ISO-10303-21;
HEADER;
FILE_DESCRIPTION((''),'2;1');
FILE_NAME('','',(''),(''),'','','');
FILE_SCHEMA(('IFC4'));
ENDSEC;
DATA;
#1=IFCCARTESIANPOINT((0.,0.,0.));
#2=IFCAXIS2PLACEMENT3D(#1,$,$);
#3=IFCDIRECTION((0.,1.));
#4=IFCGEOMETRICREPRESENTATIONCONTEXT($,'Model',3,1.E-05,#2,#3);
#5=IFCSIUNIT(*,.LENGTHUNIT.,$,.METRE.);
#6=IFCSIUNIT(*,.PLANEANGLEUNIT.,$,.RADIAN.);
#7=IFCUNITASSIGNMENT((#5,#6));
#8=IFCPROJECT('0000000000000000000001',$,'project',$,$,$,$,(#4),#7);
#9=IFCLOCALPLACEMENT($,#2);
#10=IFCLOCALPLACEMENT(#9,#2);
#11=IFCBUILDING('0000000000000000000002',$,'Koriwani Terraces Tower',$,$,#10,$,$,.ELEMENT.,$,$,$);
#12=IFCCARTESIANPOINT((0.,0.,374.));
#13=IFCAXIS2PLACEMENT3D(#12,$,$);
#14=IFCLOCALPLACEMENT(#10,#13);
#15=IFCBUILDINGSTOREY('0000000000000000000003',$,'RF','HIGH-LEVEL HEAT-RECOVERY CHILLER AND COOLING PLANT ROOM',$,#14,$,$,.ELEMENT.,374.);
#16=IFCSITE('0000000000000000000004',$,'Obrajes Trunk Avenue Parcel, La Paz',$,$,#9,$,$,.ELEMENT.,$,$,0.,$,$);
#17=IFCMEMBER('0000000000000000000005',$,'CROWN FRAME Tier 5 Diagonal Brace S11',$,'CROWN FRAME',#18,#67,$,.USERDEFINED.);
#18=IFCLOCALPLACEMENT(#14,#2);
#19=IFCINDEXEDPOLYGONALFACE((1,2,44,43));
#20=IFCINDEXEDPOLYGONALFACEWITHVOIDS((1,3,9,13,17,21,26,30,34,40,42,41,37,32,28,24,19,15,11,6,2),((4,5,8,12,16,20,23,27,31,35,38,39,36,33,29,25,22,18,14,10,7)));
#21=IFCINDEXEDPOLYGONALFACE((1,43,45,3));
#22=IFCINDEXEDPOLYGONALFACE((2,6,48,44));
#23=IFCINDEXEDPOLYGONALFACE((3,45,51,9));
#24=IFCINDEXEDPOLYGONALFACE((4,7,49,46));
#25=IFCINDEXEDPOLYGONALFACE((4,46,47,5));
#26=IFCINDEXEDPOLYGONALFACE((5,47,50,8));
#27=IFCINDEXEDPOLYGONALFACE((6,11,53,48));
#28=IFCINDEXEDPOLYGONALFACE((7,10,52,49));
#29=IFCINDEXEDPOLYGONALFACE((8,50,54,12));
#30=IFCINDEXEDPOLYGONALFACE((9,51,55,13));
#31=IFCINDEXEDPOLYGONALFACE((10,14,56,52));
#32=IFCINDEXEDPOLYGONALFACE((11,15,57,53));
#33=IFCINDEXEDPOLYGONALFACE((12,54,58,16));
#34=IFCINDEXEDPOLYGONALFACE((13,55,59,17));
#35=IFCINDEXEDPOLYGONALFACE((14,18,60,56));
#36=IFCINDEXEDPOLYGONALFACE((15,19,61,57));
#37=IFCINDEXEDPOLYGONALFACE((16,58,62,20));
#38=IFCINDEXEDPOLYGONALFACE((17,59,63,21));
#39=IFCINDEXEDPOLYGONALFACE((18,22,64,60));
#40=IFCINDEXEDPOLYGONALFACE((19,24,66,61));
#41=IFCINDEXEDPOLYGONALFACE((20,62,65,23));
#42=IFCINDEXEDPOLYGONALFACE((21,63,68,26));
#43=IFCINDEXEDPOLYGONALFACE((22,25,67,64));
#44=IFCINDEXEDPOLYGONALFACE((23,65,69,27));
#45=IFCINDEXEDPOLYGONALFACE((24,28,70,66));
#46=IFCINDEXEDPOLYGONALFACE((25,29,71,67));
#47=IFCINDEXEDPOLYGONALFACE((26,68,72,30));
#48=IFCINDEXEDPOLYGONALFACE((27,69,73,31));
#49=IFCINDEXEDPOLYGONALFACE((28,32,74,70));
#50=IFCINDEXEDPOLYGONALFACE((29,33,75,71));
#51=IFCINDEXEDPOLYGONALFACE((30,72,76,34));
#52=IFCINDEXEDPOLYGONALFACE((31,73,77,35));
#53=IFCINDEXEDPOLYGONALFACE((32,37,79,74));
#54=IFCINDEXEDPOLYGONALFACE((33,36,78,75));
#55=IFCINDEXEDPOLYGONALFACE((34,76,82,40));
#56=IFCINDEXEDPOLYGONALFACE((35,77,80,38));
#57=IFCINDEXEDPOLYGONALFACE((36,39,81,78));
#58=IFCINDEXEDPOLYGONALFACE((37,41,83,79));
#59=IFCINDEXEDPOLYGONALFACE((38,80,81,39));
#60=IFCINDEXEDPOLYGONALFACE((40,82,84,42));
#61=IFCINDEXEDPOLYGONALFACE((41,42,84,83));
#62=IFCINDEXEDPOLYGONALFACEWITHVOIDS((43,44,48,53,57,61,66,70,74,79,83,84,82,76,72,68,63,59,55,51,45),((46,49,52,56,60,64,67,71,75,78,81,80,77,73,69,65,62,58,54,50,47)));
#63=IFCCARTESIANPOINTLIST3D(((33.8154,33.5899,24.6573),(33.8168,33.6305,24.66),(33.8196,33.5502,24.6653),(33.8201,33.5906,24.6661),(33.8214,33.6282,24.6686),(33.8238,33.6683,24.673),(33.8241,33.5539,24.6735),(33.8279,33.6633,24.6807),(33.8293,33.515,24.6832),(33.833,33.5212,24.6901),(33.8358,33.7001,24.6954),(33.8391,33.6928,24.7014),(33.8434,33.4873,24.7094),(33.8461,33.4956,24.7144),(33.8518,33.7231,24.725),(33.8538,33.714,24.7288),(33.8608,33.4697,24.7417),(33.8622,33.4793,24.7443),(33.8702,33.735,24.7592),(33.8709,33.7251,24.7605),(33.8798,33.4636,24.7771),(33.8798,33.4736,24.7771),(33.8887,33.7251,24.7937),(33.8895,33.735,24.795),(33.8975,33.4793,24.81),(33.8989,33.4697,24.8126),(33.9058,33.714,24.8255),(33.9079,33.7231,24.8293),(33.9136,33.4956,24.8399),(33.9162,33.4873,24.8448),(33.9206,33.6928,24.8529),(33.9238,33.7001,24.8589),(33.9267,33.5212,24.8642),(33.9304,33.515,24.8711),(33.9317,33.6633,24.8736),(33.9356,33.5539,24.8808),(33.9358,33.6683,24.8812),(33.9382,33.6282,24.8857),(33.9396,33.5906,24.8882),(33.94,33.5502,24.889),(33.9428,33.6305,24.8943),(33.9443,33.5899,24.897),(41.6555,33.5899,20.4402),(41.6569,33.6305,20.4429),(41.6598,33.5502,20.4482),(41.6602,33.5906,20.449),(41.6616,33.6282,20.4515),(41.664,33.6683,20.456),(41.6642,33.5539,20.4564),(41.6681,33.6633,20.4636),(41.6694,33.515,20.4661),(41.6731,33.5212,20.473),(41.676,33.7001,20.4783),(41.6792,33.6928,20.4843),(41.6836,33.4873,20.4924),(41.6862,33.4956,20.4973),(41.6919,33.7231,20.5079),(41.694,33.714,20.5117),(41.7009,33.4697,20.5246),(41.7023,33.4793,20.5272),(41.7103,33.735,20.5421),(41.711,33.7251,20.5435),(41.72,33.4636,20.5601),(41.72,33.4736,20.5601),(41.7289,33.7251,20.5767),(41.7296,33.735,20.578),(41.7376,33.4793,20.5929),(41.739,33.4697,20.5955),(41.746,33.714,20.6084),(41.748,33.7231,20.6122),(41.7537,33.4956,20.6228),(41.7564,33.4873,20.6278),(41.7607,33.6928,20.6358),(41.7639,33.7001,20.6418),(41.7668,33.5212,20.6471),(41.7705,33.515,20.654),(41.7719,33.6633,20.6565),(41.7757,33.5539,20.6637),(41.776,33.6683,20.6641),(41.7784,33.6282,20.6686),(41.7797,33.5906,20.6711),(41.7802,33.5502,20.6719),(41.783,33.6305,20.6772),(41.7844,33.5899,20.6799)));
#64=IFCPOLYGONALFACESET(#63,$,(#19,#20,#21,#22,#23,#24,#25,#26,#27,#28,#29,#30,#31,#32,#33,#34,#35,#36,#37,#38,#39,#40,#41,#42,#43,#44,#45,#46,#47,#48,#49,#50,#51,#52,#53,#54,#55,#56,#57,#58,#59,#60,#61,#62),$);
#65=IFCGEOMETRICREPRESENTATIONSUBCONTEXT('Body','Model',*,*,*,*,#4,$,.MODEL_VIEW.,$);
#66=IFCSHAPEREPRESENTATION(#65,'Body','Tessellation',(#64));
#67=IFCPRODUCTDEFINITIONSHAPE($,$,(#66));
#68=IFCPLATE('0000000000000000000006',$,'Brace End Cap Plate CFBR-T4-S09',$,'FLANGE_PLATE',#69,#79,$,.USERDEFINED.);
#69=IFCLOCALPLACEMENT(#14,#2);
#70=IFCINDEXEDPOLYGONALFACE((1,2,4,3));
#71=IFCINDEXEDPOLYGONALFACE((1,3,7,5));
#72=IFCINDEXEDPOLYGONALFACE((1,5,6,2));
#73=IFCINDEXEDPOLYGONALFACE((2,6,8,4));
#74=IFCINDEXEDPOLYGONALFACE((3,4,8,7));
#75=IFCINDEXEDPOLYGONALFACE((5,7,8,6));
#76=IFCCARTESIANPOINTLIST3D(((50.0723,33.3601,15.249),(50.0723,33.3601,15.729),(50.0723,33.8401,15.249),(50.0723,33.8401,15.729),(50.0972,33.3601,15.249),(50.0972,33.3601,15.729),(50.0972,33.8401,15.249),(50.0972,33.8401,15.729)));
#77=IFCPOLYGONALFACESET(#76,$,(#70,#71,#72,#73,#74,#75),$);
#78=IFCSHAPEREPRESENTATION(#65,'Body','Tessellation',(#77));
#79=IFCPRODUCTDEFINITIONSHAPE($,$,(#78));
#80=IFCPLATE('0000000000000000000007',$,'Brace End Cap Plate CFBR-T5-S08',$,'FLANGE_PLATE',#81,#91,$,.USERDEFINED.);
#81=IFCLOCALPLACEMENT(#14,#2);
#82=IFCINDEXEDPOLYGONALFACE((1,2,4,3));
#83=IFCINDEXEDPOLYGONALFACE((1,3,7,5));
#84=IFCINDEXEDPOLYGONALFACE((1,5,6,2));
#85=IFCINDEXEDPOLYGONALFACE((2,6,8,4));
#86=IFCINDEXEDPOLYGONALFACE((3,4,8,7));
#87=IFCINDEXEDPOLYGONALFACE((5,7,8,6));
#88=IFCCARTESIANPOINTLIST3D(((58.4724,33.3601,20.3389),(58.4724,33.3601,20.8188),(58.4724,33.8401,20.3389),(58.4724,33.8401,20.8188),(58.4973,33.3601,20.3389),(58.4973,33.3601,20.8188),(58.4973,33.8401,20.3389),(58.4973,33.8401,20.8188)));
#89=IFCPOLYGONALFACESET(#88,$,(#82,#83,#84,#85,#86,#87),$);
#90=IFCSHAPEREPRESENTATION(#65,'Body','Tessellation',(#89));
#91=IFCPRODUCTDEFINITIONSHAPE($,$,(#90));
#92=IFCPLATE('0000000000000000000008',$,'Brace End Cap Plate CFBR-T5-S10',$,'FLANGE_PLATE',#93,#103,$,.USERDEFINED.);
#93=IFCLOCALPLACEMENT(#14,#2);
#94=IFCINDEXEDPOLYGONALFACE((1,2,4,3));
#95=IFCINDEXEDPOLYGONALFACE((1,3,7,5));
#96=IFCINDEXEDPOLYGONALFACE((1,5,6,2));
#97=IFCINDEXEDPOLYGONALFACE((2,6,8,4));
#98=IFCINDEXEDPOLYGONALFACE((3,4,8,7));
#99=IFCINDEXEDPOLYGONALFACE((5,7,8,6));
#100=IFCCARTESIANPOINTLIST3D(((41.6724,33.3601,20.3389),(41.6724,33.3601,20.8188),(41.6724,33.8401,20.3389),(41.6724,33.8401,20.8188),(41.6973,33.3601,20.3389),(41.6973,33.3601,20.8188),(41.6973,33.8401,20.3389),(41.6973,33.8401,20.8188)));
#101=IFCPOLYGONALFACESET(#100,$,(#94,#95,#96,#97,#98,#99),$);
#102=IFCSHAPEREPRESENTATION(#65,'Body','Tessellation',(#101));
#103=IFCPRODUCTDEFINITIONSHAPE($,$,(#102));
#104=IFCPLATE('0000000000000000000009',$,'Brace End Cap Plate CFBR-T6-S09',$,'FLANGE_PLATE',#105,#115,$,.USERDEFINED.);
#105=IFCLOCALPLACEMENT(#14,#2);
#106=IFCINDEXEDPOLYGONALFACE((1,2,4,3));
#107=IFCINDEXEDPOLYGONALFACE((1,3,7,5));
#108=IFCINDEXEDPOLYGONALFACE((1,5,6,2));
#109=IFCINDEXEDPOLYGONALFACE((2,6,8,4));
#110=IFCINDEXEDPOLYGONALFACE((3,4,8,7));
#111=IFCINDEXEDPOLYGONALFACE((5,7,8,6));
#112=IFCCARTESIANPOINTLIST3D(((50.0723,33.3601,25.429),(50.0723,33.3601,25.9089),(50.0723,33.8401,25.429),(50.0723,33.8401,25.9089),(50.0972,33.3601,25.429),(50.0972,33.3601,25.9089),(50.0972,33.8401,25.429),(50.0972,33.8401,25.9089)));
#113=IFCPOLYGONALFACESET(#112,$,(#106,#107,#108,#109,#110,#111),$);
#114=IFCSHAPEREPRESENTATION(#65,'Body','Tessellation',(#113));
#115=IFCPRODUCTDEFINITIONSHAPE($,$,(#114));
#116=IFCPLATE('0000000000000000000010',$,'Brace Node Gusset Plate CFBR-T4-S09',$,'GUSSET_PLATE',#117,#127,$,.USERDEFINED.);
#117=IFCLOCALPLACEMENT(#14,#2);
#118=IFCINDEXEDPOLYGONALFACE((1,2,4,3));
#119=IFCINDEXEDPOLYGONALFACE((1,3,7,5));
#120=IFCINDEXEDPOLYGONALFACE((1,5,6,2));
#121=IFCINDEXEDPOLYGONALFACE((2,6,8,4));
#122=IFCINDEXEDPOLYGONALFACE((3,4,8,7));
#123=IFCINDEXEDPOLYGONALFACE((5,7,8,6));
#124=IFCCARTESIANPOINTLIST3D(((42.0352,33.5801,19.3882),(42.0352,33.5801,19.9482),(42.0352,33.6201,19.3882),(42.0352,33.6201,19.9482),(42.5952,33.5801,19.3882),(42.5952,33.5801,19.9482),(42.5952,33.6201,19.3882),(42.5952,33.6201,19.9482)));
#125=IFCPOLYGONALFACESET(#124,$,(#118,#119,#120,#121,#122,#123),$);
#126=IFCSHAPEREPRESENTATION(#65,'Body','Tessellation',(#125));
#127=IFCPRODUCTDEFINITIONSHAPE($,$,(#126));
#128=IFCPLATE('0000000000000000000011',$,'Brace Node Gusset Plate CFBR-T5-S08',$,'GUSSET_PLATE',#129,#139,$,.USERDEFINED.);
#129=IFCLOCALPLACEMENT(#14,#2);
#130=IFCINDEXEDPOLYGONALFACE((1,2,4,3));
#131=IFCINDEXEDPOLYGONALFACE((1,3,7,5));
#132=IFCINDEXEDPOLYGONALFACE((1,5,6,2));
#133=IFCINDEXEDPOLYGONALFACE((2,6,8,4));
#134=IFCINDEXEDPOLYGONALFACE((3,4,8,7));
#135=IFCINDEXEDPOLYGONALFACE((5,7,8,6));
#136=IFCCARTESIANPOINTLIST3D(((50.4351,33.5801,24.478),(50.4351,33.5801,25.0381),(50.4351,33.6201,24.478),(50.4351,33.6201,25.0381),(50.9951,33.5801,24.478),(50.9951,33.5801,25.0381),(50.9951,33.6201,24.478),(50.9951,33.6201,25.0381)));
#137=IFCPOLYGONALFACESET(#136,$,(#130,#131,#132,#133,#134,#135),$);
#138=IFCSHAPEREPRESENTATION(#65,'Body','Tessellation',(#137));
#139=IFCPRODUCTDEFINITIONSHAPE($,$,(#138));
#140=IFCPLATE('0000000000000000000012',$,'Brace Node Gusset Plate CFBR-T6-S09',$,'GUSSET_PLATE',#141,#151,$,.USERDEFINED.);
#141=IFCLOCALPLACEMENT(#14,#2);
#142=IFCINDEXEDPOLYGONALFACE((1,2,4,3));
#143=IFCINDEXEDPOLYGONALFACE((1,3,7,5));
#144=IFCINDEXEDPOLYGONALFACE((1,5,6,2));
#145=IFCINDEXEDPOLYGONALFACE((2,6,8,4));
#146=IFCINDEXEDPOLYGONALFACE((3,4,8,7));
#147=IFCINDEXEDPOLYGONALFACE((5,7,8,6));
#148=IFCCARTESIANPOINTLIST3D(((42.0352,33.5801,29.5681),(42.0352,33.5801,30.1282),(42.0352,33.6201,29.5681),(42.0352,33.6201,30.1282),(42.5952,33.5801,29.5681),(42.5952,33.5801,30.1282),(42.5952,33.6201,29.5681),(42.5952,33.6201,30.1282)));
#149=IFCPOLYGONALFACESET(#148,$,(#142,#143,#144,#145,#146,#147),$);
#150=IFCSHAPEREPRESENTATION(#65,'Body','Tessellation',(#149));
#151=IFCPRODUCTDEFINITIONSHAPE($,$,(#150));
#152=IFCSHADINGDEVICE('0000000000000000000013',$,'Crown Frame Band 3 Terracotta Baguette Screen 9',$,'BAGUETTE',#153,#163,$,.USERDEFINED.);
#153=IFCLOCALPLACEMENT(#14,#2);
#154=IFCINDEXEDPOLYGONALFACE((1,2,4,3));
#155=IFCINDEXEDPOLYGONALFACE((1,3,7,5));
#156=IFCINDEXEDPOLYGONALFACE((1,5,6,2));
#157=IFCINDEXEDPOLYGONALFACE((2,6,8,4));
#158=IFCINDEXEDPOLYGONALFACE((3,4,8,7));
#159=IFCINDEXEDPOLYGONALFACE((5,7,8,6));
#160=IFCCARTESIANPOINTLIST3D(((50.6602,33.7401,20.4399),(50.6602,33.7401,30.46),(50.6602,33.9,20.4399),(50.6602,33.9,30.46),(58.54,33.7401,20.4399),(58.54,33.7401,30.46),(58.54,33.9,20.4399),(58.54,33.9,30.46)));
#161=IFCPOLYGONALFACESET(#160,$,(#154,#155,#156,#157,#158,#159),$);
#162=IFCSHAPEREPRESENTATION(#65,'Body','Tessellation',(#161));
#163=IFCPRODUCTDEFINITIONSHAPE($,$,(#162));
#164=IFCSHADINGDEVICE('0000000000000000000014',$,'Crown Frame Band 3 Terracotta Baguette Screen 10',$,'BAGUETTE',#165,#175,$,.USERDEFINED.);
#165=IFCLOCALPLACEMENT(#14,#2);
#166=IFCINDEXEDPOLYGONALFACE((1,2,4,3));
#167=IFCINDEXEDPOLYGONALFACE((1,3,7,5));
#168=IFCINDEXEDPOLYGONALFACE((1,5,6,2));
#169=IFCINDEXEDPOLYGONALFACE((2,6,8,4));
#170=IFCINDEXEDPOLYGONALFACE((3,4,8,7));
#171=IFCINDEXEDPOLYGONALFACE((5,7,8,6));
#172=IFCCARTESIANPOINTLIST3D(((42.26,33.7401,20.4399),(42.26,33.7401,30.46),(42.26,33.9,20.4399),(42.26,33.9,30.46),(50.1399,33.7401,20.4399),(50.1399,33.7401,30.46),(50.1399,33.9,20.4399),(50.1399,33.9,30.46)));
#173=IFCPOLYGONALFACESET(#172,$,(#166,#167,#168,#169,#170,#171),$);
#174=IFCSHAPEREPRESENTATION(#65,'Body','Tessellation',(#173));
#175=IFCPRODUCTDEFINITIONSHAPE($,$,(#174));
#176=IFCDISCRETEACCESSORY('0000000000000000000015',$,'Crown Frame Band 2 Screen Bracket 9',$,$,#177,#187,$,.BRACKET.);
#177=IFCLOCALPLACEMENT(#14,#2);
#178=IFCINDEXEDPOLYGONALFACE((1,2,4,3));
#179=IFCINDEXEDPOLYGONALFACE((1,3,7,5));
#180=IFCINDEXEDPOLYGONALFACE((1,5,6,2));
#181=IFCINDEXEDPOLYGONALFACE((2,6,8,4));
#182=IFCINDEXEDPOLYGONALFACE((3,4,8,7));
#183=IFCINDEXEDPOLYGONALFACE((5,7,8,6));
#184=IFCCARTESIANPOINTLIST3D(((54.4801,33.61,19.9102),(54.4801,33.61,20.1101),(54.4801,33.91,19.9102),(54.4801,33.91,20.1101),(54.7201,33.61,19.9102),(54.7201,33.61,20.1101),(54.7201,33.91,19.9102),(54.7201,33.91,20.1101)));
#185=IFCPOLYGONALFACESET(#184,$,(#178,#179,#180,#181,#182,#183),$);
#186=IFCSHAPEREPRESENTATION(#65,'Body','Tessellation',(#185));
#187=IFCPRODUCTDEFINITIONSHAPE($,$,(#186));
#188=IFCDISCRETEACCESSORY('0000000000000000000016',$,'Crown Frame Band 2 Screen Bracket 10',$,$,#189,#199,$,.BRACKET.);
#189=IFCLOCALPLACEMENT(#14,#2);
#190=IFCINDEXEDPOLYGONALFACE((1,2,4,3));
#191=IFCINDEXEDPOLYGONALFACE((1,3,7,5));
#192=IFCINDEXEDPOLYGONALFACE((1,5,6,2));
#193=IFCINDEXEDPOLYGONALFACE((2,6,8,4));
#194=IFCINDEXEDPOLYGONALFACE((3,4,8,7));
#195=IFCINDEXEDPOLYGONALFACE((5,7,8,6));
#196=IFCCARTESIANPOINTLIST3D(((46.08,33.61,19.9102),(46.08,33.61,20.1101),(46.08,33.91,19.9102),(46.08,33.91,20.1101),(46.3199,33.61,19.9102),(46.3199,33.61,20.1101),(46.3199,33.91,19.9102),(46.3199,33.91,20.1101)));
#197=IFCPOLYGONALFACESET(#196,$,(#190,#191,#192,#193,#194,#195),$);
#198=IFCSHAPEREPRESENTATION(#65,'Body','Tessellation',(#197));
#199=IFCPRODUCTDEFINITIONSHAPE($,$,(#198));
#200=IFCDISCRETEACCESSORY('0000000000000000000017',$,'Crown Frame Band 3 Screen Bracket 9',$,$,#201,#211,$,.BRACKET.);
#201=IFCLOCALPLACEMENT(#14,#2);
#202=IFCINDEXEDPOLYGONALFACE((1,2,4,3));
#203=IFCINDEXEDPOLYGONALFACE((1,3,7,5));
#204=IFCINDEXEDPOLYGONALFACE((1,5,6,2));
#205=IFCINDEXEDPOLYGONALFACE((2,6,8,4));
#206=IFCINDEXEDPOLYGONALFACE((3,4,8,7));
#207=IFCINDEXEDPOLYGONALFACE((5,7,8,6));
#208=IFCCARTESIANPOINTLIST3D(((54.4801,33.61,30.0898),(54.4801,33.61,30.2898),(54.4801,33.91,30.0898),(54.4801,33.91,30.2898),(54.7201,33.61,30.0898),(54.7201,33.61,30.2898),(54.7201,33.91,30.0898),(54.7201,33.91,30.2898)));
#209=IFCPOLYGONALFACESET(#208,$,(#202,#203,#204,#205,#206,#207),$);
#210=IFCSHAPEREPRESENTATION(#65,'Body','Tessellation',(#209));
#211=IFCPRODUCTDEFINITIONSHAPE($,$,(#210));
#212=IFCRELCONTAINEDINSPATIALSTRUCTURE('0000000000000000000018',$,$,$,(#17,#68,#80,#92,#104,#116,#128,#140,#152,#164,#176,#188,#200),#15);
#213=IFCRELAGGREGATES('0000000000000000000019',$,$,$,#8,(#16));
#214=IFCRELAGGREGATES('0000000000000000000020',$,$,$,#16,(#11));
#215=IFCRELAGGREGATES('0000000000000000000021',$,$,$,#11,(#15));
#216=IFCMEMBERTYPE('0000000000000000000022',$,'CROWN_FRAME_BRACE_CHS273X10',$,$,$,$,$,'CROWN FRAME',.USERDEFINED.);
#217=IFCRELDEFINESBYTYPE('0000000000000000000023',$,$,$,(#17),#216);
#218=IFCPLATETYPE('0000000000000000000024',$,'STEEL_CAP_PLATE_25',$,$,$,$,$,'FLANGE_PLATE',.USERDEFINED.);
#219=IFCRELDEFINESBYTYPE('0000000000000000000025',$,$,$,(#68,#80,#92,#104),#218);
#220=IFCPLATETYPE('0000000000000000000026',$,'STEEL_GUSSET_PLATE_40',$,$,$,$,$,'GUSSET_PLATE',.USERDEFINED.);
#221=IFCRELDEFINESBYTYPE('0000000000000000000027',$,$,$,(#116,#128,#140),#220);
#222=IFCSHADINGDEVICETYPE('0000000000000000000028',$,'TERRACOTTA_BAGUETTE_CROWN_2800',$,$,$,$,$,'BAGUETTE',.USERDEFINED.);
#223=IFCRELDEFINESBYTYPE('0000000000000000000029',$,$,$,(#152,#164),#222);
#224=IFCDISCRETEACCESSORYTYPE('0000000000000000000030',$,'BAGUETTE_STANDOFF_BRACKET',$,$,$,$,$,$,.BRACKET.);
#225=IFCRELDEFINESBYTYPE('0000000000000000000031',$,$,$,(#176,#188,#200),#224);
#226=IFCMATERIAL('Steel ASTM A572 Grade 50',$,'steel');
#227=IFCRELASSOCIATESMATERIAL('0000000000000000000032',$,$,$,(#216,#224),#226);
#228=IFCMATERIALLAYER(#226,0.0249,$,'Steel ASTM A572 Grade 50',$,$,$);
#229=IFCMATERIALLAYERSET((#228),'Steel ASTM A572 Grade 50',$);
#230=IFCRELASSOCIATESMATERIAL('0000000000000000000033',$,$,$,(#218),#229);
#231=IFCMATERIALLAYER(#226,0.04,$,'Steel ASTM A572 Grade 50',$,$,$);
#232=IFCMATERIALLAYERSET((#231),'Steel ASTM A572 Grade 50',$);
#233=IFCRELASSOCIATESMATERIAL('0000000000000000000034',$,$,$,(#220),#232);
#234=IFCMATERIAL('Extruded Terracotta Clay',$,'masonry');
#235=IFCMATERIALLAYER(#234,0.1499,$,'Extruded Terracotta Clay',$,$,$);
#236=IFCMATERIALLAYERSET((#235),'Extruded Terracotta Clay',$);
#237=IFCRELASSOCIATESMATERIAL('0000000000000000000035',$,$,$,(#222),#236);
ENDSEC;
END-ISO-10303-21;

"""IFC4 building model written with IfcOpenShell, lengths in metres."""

from ifc_helpers import new_model, si_unit, direction, frame, origin, origin_2d, place, context, subcontext, project, spatial, rectangle, hollow_circle, extrude, material, layer, layer_set, material_profile, profile_set, type_object, element, save


model = new_model("IFC4")

# Units and contexts
model_context = context("Model", 3, precision=1e-05, world=origin(), true_north=direction((0.0, 1.0)))
body_context = subcontext(model_context, "Body", "Model", "MODEL_VIEW")
ifc_project = project(units=[si_unit("LENGTHUNIT", "METRE"), si_unit("PLANEANGLEUNIT", "RADIAN")], contexts=[model_context])

# Site, building, storey
site_placement = place(None, origin())
site = spatial("IfcSite", under=ifc_project, at=site_placement, Name="Obrajes Trunk Avenue Parcel, La Paz", CompositionType="ELEMENT", RefElevation=0.0)
building_placement = place(site_placement, origin())
building = spatial("IfcBuilding", under=site, at=building_placement, Name="Koriwani Terraces Tower", CompositionType="ELEMENT")
storey_placement = place(building_placement, frame((0.0, 0.0, 374.0)))
storey = spatial("IfcBuildingStorey", under=building, at=storey_placement, Name="RF", Description="HIGH-LEVEL HEAT-RECOVERY CHILLER AND COOLING PLANT ROOM", CompositionType="ELEMENT", Elevation=374.0)

# Shared definitions
ifc_material_1 = material(Name="Steel ASTM A572 Grade 50", Category="steel")

# Member
ifc_material_profile_1 = material_profile(ifc_material_1, hollow_circle(Radius=0.1365, WallThickness=0.01, at=origin_2d()), Name="Steel ASTM A572 Grade 50", Category="LoadBearing")
ifc_profile_set_1 = profile_set([ifc_material_profile_1], Name="Steel ASTM A572 Grade 50")
member_type_1 = type_object("IfcMemberType", Name="CROWN_FRAME_BRACE_CHS273X10", ElementType="CROWN FRAME", PredefinedType="USERDEFINED", material=ifc_profile_set_1)
for number, where, z_axis, x_axis, name in (
    (1, (41.72, 33.6001, 20.5601), (-0.880684, 0.0, 0.473704), (0.0, -1.0, 0.0), "CROWN FRAME Tier 5 Diagonal Brace S11"),
):
    element("IfcMember", number, at=place(storey_placement, frame(where, z_axis=z_axis, x_axis=x_axis)), inside=storey, type_object=member_type_1, Name=name, ObjectType="CROWN FRAME", PredefinedType="USERDEFINED", context=body_context, shape_type="SweptSolid", body=[
        extrude(hollow_circle(Radius=0.1365, WallThickness=0.01, at=origin_2d()), origin(), (0.0, 0.0, 1.0), 8.9023),
    ])

# Plates
ifc_layer_1 = layer(ifc_material_1, 0.0249, Name="Steel ASTM A572 Grade 50")
ifc_layer_set_1 = layer_set([ifc_layer_1], Name="Steel ASTM A572 Grade 50")
plate_type_1 = type_object("IfcPlateType", Name="STEEL_CAP_PLATE_25", ElementType="FLANGE_PLATE", PredefinedType="USERDEFINED", material=ifc_layer_set_1)
for number, where, z_axis, x_axis, name in (
    (2, (50.0847, 33.6001, 15.249), (0.0, 0.0, 1.0), (-1.0, 0.0, 0.0), "Brace End Cap Plate CFBR-T4-S09"),
    (3, (58.4849, 33.6001, 20.3389), (0.0, 0.0, 1.0), (-1.0, 0.0, 0.0), "Brace End Cap Plate CFBR-T5-S08"),
    (4, (41.6848, 33.6001, 20.3389), (0.0, 0.0, 1.0), (-1.0, 0.0, 0.0), "Brace End Cap Plate CFBR-T5-S10"),
    (5, (50.0847, 33.6001, 25.429), (0.0, 0.0, 1.0), (-1.0, 0.0, 0.0), "Brace End Cap Plate CFBR-T6-S09"),
):
    element("IfcPlate", number, at=place(storey_placement, frame(where, z_axis=z_axis, x_axis=x_axis)), inside=storey, type_object=plate_type_1, Name=name, ObjectType="FLANGE_PLATE", PredefinedType="USERDEFINED", context=body_context, shape_type="SweptSolid", body=[
        extrude(rectangle(XDim=0.0249, YDim=0.48, at=origin_2d()), origin(), (0.0, 0.0, 1.0), 0.48),
    ])
ifc_layer_2 = layer(ifc_material_1, 0.04, Name="Steel ASTM A572 Grade 50")
ifc_layer_set_2 = layer_set([ifc_layer_2], Name="Steel ASTM A572 Grade 50")
plate_type_2 = type_object("IfcPlateType", Name="STEEL_GUSSET_PLATE_40", ElementType="GUSSET_PLATE", PredefinedType="USERDEFINED", material=ifc_layer_set_2)
for number, where, z_axis, x_axis, name in (
    (6, (42.3152, 33.6001, 19.3882), (0.0, 0.0, 1.0), (-1.0, 0.0, 0.0), "Brace Node Gusset Plate CFBR-T4-S09"),
    (7, (50.7151, 33.6001, 24.478), (0.0, 0.0, 1.0), (-1.0, 0.0, 0.0), "Brace Node Gusset Plate CFBR-T5-S08"),
    (8, (42.3152, 33.6001, 29.5681), (0.0, 0.0, 1.0), (-1.0, 0.0, 0.0), "Brace Node Gusset Plate CFBR-T6-S09"),
):
    element("IfcPlate", number, at=place(storey_placement, frame(where, z_axis=z_axis, x_axis=x_axis)), inside=storey, type_object=plate_type_2, Name=name, ObjectType="GUSSET_PLATE", PredefinedType="USERDEFINED", context=body_context, shape_type="SweptSolid", body=[
        extrude(rectangle(XDim=0.5601, YDim=0.04, at=origin_2d()), origin(), (0.0, 0.0, 1.0), 0.5601),
    ])

# Shading devices
ifc_material_2 = material(Name="Extruded Terracotta Clay", Category="masonry")
ifc_layer_3 = layer(ifc_material_2, 0.1499, Name="Extruded Terracotta Clay")
ifc_layer_set_3 = layer_set([ifc_layer_3], Name="Extruded Terracotta Clay")
shading_device_type = type_object("IfcShadingDeviceType", Name="TERRACOTTA_BAGUETTE_CROWN_2800", ElementType="BAGUETTE", PredefinedType="USERDEFINED", material=ifc_layer_set_3)
for number, where, z_axis, x_axis, name in (
    (9, (54.6001, 33.8201, 20.4399), (0.0, 0.0, 1.0), (-1.0, 0.0, 0.0), "Crown Frame Band 3 Terracotta Baguette Screen 9"),
    (10, (46.2, 33.8201, 20.4399), (0.0, 0.0, 1.0), (-1.0, 0.0, 0.0), "Crown Frame Band 3 Terracotta Baguette Screen 10"),
):
    element("IfcShadingDevice", number, at=place(storey_placement, frame(where, z_axis=z_axis, x_axis=x_axis)), inside=storey, type_object=shading_device_type, Name=name, ObjectType="BAGUETTE", PredefinedType="USERDEFINED", context=body_context, shape_type="SweptSolid", body=[
        extrude(rectangle(XDim=7.8799, YDim=0.1599, at=origin_2d()), origin(), (0.0, 0.0, 1.0), 10.02),
    ])

# Discrete accessories
discrete_accessory_type = type_object("IfcDiscreteAccessoryType", Name="BAGUETTE_STANDOFF_BRACKET", PredefinedType="BRACKET", material=ifc_material_1)
for number, where, z_axis, x_axis, name in (
    (11, (54.6001, 33.76, 19.9102), (0.0, 0.0, 1.0), (-1.0, 0.0, 0.0), "Crown Frame Band 2 Screen Bracket 9"),
    (12, (46.2, 33.76, 19.9102), (0.0, 0.0, 1.0), (-1.0, 0.0, 0.0), "Crown Frame Band 2 Screen Bracket 10"),
    (13, (54.6001, 33.76, 30.0898), (0.0, 0.0, 1.0), (-1.0, 0.0, 0.0), "Crown Frame Band 3 Screen Bracket 9"),
):
    element("IfcDiscreteAccessory", number, at=place(storey_placement, frame(where, z_axis=z_axis, x_axis=x_axis)), inside=storey, type_object=discrete_accessory_type, Name=name, PredefinedType="BRACKET", context=body_context, shape_type="SweptSolid", body=[
        extrude(rectangle(XDim=0.24, YDim=0.3, at=origin_2d()), origin(), (0.0, 0.0, 1.0), 0.2),
    ])

save(model, "model.ifc")
